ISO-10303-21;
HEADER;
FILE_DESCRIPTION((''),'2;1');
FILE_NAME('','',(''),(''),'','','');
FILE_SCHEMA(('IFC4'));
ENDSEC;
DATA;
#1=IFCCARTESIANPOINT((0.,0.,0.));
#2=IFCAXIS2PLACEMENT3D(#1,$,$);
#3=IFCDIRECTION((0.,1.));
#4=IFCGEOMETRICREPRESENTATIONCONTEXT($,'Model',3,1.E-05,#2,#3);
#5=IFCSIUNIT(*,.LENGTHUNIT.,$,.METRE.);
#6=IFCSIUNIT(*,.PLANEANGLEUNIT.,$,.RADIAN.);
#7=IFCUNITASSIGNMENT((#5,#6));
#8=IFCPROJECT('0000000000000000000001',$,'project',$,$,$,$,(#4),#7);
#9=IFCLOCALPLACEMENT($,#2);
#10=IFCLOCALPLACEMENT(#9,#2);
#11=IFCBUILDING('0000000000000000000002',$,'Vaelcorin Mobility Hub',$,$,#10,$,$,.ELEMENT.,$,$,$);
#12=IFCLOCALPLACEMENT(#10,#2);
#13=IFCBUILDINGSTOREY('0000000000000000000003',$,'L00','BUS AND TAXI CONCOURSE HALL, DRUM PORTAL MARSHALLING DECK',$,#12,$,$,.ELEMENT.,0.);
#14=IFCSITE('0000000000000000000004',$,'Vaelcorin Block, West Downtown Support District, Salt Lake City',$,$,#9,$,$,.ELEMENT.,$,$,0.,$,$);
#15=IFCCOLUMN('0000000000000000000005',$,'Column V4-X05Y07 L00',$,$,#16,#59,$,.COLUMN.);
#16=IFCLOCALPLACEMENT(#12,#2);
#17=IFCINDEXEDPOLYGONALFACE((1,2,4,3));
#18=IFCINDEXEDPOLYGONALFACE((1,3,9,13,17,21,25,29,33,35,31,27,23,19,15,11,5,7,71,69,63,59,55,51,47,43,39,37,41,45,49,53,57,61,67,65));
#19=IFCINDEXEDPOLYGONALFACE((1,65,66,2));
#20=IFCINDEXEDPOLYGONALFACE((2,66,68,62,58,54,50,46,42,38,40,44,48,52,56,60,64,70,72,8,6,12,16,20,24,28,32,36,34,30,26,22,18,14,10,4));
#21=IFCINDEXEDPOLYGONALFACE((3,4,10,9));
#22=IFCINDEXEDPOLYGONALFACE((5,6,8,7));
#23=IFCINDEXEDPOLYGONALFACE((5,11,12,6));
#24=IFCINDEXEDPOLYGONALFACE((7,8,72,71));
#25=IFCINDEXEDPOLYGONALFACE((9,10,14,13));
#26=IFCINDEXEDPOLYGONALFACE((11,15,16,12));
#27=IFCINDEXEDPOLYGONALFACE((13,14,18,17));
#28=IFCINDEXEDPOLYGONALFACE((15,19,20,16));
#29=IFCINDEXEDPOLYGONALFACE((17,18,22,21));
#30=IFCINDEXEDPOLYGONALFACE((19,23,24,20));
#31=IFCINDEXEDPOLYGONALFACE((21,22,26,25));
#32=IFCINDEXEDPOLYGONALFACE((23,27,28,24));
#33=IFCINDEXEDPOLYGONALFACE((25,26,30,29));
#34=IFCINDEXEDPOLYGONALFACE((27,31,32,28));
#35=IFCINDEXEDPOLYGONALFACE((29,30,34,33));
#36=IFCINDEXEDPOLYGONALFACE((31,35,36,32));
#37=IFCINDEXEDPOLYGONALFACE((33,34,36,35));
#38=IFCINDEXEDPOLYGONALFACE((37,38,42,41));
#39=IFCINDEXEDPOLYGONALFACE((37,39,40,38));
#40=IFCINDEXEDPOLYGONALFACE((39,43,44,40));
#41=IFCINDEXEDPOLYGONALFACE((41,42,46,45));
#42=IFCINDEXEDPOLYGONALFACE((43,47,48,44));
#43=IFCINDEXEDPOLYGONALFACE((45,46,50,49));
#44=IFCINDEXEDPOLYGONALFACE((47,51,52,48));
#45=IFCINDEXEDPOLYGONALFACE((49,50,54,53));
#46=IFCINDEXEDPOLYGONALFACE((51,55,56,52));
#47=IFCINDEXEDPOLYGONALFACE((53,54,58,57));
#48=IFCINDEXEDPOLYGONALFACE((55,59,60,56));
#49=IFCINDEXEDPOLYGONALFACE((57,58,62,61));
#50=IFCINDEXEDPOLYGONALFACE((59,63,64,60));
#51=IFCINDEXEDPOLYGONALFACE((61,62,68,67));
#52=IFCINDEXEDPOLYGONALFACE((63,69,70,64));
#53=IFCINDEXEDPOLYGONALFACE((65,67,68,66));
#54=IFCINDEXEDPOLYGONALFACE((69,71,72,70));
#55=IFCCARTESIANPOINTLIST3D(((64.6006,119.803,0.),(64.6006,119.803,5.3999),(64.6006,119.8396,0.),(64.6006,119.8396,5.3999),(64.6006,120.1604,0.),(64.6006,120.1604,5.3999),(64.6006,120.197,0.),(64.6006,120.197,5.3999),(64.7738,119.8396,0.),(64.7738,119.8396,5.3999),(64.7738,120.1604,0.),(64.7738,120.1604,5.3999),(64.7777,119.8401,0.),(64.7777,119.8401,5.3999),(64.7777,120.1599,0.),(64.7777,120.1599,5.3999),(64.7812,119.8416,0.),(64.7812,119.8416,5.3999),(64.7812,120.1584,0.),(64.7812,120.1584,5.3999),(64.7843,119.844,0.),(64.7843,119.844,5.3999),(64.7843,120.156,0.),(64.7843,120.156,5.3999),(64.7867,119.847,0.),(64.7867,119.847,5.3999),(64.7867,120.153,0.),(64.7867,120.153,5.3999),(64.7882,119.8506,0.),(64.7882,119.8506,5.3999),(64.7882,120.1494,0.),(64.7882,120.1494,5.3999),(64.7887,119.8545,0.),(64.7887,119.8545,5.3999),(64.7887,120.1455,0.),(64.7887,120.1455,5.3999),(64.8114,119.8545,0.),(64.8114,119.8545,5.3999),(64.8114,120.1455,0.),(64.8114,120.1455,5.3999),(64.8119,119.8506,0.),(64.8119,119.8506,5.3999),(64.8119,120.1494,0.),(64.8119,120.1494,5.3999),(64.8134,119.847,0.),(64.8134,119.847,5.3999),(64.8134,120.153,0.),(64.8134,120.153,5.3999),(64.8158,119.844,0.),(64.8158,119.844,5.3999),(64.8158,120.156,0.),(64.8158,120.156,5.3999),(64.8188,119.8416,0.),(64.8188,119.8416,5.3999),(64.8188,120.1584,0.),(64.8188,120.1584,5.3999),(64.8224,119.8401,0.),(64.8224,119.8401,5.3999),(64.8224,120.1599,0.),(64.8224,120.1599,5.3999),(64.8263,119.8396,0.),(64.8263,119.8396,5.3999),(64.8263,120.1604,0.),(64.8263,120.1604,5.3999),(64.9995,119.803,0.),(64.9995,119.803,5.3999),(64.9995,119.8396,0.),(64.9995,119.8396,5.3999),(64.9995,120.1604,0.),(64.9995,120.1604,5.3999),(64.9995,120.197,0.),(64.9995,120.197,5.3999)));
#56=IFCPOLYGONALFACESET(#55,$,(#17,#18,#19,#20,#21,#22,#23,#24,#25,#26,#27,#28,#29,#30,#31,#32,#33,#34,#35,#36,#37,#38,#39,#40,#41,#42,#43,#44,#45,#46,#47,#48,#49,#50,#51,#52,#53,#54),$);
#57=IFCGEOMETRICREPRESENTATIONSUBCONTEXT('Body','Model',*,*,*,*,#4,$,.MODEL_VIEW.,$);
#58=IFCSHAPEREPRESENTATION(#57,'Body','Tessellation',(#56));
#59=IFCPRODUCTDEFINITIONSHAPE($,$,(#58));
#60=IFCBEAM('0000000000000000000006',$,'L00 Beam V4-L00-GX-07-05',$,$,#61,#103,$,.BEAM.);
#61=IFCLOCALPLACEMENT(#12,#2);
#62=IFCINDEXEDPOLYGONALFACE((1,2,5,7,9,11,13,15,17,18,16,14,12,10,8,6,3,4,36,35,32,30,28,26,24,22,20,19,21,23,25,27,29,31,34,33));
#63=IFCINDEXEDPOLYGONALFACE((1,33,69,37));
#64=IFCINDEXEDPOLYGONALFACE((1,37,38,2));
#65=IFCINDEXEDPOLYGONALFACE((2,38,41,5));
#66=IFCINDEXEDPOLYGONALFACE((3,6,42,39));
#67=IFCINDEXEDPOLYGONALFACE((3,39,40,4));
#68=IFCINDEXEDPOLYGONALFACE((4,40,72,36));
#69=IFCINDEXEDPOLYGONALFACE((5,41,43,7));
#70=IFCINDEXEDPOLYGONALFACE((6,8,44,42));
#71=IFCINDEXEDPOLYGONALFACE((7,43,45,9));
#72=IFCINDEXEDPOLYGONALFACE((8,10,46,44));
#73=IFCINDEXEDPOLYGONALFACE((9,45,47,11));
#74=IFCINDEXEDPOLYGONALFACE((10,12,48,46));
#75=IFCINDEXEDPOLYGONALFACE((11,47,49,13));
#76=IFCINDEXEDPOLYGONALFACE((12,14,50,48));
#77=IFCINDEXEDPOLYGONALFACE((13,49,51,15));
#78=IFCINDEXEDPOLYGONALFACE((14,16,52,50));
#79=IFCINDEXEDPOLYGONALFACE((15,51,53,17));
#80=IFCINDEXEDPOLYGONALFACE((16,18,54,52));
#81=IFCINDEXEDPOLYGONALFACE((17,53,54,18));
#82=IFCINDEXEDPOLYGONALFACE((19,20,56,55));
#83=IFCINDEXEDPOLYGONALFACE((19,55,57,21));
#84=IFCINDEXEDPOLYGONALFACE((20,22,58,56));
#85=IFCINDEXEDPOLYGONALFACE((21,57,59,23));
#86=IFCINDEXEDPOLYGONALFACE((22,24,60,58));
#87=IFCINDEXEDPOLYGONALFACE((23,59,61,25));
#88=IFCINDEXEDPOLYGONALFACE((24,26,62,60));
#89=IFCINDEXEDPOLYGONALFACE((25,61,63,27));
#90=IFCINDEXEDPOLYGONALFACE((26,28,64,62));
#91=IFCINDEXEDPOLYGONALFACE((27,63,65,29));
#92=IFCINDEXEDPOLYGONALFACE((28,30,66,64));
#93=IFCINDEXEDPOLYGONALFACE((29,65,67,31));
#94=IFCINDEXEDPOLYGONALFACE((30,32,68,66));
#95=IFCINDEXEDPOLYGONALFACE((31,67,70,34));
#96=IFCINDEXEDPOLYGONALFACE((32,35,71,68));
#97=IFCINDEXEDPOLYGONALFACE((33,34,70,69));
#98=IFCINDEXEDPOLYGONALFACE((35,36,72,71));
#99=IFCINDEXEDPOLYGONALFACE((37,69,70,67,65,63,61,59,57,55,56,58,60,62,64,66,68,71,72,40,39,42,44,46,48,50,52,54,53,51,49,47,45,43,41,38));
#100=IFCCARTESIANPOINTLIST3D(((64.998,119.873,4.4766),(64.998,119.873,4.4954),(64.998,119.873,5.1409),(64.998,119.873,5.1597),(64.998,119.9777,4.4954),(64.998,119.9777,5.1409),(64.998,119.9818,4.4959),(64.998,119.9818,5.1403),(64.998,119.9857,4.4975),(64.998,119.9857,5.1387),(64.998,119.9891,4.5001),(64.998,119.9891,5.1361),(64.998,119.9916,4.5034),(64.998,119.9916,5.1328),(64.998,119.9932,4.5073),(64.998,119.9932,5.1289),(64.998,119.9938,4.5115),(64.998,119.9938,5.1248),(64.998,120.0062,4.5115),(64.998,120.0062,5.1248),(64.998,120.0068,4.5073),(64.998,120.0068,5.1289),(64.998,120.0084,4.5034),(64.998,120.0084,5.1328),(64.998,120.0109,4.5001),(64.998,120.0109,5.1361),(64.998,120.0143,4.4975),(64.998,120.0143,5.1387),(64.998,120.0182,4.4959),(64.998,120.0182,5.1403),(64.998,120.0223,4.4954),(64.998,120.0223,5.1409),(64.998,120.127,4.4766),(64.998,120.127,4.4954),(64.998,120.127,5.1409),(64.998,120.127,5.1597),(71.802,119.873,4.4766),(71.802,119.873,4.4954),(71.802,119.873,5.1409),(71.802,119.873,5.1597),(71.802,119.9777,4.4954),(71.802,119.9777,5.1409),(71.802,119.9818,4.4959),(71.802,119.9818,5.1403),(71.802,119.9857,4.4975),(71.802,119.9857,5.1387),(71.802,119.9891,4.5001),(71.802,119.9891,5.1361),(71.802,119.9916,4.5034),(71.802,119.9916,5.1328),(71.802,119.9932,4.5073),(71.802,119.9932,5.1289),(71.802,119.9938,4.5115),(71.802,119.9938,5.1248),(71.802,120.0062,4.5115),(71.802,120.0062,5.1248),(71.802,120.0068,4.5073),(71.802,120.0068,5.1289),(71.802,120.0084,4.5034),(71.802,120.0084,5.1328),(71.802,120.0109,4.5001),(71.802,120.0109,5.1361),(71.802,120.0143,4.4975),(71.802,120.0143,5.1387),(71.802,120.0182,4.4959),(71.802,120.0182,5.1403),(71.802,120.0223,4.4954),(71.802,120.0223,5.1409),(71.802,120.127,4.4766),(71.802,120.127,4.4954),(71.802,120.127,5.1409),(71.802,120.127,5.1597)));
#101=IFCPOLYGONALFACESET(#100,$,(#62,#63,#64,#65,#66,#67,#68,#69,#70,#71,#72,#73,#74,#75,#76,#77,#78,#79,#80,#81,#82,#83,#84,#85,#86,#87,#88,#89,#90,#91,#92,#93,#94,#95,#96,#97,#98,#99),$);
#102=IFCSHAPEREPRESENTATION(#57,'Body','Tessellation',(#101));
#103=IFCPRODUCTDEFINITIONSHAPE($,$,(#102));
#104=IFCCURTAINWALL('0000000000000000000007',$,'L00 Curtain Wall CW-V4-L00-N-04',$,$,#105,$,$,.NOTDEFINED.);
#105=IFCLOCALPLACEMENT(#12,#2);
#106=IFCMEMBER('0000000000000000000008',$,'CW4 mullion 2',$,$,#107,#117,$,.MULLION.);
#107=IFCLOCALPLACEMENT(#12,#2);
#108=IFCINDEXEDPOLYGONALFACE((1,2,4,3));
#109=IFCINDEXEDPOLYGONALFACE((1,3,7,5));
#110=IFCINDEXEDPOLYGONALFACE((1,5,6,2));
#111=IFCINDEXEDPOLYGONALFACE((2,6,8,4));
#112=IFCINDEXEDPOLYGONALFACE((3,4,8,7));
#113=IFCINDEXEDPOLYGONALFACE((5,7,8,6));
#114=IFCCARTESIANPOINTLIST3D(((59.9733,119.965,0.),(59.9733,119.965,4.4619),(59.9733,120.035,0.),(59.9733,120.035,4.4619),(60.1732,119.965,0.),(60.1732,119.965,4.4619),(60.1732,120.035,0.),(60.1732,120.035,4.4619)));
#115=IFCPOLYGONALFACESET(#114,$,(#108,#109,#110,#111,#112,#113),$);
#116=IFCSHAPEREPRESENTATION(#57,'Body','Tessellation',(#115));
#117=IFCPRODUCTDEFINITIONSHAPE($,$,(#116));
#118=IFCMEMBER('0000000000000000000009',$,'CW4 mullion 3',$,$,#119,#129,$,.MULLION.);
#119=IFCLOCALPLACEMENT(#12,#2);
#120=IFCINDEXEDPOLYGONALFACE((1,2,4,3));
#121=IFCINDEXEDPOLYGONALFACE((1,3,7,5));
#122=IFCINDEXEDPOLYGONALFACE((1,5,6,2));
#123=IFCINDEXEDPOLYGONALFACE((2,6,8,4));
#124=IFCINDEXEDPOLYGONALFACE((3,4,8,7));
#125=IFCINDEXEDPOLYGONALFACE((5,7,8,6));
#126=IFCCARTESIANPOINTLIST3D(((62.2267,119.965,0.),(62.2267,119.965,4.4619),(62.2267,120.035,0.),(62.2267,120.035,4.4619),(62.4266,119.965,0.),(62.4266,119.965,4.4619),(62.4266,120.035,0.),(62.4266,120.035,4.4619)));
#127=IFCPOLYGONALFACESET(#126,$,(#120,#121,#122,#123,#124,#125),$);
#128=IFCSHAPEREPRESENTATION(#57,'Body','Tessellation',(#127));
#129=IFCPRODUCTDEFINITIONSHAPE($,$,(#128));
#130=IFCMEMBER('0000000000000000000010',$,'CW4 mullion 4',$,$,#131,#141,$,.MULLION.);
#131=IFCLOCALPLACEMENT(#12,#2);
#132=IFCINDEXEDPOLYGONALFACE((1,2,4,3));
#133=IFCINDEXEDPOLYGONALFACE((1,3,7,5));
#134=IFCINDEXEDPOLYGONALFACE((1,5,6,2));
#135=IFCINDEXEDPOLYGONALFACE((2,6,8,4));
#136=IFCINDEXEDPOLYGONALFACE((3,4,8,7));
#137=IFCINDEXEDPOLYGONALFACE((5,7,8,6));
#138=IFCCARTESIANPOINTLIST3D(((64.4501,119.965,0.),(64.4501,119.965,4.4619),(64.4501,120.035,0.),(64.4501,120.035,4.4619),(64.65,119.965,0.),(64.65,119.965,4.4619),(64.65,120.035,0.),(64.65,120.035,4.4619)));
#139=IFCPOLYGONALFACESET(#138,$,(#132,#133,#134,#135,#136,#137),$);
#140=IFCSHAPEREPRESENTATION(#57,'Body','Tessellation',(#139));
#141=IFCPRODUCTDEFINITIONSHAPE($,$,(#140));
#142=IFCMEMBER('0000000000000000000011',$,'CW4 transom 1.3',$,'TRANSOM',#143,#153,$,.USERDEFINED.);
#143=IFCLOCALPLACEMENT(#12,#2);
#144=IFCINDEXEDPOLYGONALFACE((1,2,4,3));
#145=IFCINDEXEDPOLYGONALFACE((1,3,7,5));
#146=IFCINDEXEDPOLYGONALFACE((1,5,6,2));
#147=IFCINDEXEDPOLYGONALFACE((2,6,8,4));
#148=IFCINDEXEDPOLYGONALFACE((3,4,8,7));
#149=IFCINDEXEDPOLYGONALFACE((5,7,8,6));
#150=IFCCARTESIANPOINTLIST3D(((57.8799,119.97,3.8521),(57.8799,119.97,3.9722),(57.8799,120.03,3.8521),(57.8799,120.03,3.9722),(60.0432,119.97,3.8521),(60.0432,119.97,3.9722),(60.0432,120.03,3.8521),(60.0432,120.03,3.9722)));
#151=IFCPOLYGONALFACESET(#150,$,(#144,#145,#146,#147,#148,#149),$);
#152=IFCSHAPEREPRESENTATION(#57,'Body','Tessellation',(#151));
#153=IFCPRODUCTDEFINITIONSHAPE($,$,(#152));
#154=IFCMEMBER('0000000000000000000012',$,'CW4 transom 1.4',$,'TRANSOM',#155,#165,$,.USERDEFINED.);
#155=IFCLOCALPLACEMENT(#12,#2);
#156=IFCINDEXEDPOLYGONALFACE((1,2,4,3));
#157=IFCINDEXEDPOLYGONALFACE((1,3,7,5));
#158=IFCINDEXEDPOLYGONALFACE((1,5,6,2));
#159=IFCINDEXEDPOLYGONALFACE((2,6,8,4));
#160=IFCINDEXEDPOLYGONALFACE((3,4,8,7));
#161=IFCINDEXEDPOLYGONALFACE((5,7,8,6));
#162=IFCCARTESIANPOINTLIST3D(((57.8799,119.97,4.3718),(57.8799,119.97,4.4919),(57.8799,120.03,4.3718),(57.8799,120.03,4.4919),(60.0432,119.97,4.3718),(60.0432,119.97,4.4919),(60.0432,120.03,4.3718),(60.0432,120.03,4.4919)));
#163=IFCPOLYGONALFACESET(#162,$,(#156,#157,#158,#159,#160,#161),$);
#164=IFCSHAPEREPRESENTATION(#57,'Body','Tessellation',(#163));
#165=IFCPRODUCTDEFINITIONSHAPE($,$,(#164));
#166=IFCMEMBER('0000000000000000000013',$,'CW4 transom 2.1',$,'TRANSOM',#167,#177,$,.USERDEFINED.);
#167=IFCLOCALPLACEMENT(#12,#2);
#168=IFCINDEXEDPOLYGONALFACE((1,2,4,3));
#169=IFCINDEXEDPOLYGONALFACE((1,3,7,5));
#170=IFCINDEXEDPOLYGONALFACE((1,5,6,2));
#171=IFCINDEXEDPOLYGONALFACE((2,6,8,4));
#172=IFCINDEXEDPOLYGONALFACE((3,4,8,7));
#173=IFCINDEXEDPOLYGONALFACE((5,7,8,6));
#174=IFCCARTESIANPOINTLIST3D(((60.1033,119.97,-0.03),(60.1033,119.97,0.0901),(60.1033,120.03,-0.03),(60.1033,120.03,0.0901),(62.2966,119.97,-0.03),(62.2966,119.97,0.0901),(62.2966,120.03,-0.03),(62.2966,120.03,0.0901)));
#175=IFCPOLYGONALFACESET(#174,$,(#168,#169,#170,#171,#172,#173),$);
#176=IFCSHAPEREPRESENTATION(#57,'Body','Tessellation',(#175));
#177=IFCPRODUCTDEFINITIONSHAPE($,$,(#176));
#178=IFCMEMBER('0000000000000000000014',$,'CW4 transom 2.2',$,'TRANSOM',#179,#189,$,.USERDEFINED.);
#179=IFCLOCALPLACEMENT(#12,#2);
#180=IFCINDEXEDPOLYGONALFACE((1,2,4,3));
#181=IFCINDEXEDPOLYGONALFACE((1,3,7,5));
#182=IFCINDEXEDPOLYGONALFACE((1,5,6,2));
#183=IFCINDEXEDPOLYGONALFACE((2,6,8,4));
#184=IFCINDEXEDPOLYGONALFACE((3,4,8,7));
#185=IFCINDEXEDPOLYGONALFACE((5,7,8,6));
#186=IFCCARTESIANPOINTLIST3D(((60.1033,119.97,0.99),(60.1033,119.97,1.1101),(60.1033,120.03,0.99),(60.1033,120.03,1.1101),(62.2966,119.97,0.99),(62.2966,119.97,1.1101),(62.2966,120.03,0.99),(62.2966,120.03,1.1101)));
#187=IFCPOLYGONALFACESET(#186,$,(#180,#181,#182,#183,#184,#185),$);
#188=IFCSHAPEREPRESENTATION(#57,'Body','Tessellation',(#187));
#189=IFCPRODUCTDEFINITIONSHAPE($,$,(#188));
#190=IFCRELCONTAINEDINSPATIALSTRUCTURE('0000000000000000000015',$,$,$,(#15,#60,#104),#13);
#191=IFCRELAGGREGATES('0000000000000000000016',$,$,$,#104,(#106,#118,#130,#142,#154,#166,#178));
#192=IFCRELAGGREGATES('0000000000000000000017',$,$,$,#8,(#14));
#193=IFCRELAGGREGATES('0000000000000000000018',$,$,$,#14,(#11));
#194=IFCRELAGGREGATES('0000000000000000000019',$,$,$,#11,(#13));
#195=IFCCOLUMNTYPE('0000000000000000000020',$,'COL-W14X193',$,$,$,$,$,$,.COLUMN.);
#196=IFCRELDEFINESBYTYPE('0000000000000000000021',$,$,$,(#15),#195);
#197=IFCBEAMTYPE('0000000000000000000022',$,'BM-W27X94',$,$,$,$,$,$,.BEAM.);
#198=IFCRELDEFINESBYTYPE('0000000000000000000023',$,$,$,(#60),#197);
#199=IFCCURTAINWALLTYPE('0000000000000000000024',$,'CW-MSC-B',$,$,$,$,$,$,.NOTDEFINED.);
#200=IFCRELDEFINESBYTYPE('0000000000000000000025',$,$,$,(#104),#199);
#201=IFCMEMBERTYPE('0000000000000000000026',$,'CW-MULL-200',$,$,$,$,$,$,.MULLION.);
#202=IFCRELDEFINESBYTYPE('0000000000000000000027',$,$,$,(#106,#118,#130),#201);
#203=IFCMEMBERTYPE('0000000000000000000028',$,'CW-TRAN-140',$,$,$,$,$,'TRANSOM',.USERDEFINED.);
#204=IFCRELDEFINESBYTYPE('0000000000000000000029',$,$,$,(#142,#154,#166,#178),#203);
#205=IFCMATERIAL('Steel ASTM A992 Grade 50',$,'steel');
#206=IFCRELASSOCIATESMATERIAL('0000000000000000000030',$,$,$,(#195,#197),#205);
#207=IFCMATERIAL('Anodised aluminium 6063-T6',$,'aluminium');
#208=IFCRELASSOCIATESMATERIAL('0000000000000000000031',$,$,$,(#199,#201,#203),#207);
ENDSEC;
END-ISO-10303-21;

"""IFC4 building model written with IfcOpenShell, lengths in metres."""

from ifc_helpers import new_model, si_unit, direction, frame, origin, origin_2d, place, context, subcontext, project, spatial, rectangle, i_section, extrude, material, material_profile, profile_set, type_object, element, aggregate, save


model = new_model("IFC4")

# Units and contexts
model_context = context("Model", 3, precision=1e-05, world=origin(), true_north=direction((0.0, 1.0)))
body_context = subcontext(model_context, "Body", "Model", "MODEL_VIEW")
ifc_project = project(units=[si_unit("LENGTHUNIT", "METRE"), si_unit("PLANEANGLEUNIT", "RADIAN")], contexts=[model_context])

# Site, building, storey
site_placement = place(None, origin())
site = spatial("IfcSite", under=ifc_project, at=site_placement, Name="Vaelcorin Block, West Downtown Support District, Salt Lake City", CompositionType="ELEMENT", RefElevation=0.0)
building_placement = place(site_placement, origin())
building = spatial("IfcBuilding", under=site, at=building_placement, Name="Vaelcorin Mobility Hub", CompositionType="ELEMENT")
storey_placement = place(building_placement, origin())
storey = spatial("IfcBuildingStorey", under=building, at=storey_placement, Name="L00", Description="BUS AND TAXI CONCOURSE HALL, DRUM PORTAL MARSHALLING DECK", CompositionType="ELEMENT", Elevation=0.0)

# Column
ifc_material_1 = material(Name="Steel ASTM A992 Grade 50", Category="steel")
ifc_material_profile_1 = material_profile(ifc_material_1, i_section(OverallWidth=0.3989, OverallDepth=0.394, WebThickness=0.0227, FlangeThickness=0.0366, FilletRadius=0.0149, at=origin_2d()), Name="W14X193")
ifc_profile_set_1 = profile_set([ifc_material_profile_1], Name="Steel ASTM A992 Grade 50")
column_type = type_object("IfcColumnType", Name="COL-W14X193", PredefinedType="COLUMN", material=ifc_profile_set_1)
column_placement = place(storey_placement, frame((64.8, 120.0, 0.0), z_axis=(0.0, 0.0, 1.0), x_axis=(1.0, 0.0, 0.0)))
element("IfcColumn", 1, at=column_placement, inside=storey, type_object=column_type, Name="Column V4-X05Y07 L00", PredefinedType="COLUMN", context=body_context, shape_type="SweptSolid", body=[
    extrude(i_section(OverallWidth=0.3989, OverallDepth=0.394, WebThickness=0.0227, FlangeThickness=0.0366, FilletRadius=0.0149, at=origin_2d()), origin(), (0.0, 0.0, 1.0), 5.3999),
])

# Beam
ifc_material_profile_2 = material_profile(ifc_material_1, i_section(OverallWidth=0.2539, OverallDepth=0.6831, WebThickness=0.0125, FlangeThickness=0.0188, FilletRadius=0.0161, at=origin_2d()), Name="W27X94")
ifc_profile_set_2 = profile_set([ifc_material_profile_2], Name="Steel ASTM A992 Grade 50")
beam_type = type_object("IfcBeamType", Name="BM-W27X94", PredefinedType="BEAM", material=ifc_profile_set_2)
beam_placement = place(storey_placement, frame((64.998, 120.0, 4.8181), z_axis=(1.0, 0.0, 0.0), x_axis=(0.0, 1.0, 0.0)))
element("IfcBeam", 2, at=beam_placement, inside=storey, type_object=beam_type, Name="L00 Beam V4-L00-GX-07-05", PredefinedType="BEAM", context=body_context, shape_type="SweptSolid", body=[
    extrude(i_section(OverallWidth=0.2539, OverallDepth=0.6831, WebThickness=0.0125, FlangeThickness=0.0188, FilletRadius=0.0161, at=origin_2d()), origin(), (0.0, 0.0, 1.0), 6.804),
])

# Curtain wall, members
ifc_material_2 = material(Name="Anodised aluminium 6063-T6", Category="aluminium")
curtain_wall_type = type_object("IfcCurtainWallType", Name="CW-MSC-B", PredefinedType="NOTDEFINED", material=ifc_material_2)
curtain_wall_placement = place(storey_placement, origin())
curtain_wall = element("IfcCurtainWall", 3, at=curtain_wall_placement, inside=storey, type_object=curtain_wall_type, Name="L00 Curtain Wall CW-V4-L00-N-04", PredefinedType="NOTDEFINED")
ifc_material_profile_3 = material_profile(ifc_material_2, rectangle(XDim=0.0701, YDim=0.2, at=origin_2d()), Name="ALU-M70X200")
ifc_profile_set_3 = profile_set([ifc_material_profile_3], Name="Anodised aluminium 6063-T6")
member_type_1 = type_object("IfcMemberType", Name="CW-MULL-200", PredefinedType="MULLION", material=ifc_profile_set_3)
member_1_placement = place(storey_placement, frame((60.0732, 120.0, 0.0), z_axis=(0.0, 0.0, 1.0), x_axis=(0.0, 1.0, 0.0)))
member_1 = element("IfcMember", 4, at=member_1_placement, type_object=member_type_1, Name="CW4 mullion 2", PredefinedType="MULLION", context=body_context, shape_type="SweptSolid", body=[
    extrude(rectangle(XDim=0.0701, YDim=0.2, at=origin_2d()), origin(), (0.0, 0.0, 1.0), 4.4619),
])
member_2_placement = place(storey_placement, frame((62.3267, 120.0, 0.0), z_axis=(0.0, 0.0, 1.0), x_axis=(0.0, 1.0, 0.0)))
member_2 = element("IfcMember", 5, at=member_2_placement, type_object=member_type_1, Name="CW4 mullion 3", PredefinedType="MULLION", context=body_context, shape_type="SweptSolid", body=[
    extrude(rectangle(XDim=0.0701, YDim=0.2, at=origin_2d()), origin(), (0.0, 0.0, 1.0), 4.4619),
])
member_3_placement = place(storey_placement, frame((64.55, 120.0, 0.0), z_axis=(0.0, 0.0, 1.0), x_axis=(0.0, 1.0, 0.0)))
member_3 = element("IfcMember", 6, at=member_3_placement, type_object=member_type_1, Name="CW4 mullion 4", PredefinedType="MULLION", context=body_context, shape_type="SweptSolid", body=[
    extrude(rectangle(XDim=0.0701, YDim=0.2, at=origin_2d()), origin(), (0.0, 0.0, 1.0), 4.4619),
])
ifc_material_profile_4 = material_profile(ifc_material_2, rectangle(XDim=0.0601, YDim=0.1201, at=origin_2d()), Name="ALU-T60X120")
ifc_profile_set_4 = profile_set([ifc_material_profile_4], Name="Anodised aluminium 6063-T6")
member_type_2 = type_object("IfcMemberType", Name="CW-TRAN-140", ElementType="TRANSOM", PredefinedType="USERDEFINED", material=ifc_profile_set_4)
member_4_placement = place(storey_placement, frame((57.8799, 120.0, 3.9121), z_axis=(1.0, 0.0, 0.0), x_axis=(0.0, 1.0, 0.0)))
member_4 = element("IfcMember", 7, at=member_4_placement, type_object=member_type_2, Name="CW4 transom 1.3", ObjectType="TRANSOM", PredefinedType="USERDEFINED", context=body_context, shape_type="SweptSolid", body=[
    extrude(rectangle(XDim=0.0601, YDim=0.1201, at=origin_2d()), origin(), (0.0, 0.0, 1.0), 2.1633),
])
member_5_placement = place(storey_placement, frame((57.8799, 120.0, 4.4319), z_axis=(1.0, 0.0, 0.0), x_axis=(0.0, 1.0, 0.0)))
member_5 = element("IfcMember", 8, at=member_5_placement, type_object=member_type_2, Name="CW4 transom 1.4", ObjectType="TRANSOM", PredefinedType="USERDEFINED", context=body_context, shape_type="SweptSolid", body=[
    extrude(rectangle(XDim=0.0601, YDim=0.1201, at=origin_2d()), origin(), (0.0, 0.0, 1.0), 2.1633),
])
member_6_placement = place(storey_placement, frame((60.1033, 120.0, 0.03), z_axis=(1.0, 0.0, 0.0), x_axis=(0.0, 1.0, 0.0)))
member_6 = element("IfcMember", 9, at=member_6_placement, type_object=member_type_2, Name="CW4 transom 2.1", ObjectType="TRANSOM", PredefinedType="USERDEFINED", context=body_context, shape_type="SweptSolid", body=[
    extrude(rectangle(XDim=0.0601, YDim=0.1201, at=origin_2d()), origin(), (0.0, 0.0, 1.0), 2.1934),
])
member_7_placement = place(storey_placement, frame((60.1033, 120.0, 1.05), z_axis=(1.0, 0.0, 0.0), x_axis=(0.0, 1.0, 0.0)))
member_7 = element("IfcMember", 10, at=member_7_placement, type_object=member_type_2, Name="CW4 transom 2.2", ObjectType="TRANSOM", PredefinedType="USERDEFINED", context=body_context, shape_type="SweptSolid", body=[
    extrude(rectangle(XDim=0.0601, YDim=0.1201, at=origin_2d()), origin(), (0.0, 0.0, 1.0), 2.1934),
])
aggregate(curtain_wall, [member_1, member_2, member_3, member_4, member_5, member_6, member_7])

save(model, "model.ifc")
